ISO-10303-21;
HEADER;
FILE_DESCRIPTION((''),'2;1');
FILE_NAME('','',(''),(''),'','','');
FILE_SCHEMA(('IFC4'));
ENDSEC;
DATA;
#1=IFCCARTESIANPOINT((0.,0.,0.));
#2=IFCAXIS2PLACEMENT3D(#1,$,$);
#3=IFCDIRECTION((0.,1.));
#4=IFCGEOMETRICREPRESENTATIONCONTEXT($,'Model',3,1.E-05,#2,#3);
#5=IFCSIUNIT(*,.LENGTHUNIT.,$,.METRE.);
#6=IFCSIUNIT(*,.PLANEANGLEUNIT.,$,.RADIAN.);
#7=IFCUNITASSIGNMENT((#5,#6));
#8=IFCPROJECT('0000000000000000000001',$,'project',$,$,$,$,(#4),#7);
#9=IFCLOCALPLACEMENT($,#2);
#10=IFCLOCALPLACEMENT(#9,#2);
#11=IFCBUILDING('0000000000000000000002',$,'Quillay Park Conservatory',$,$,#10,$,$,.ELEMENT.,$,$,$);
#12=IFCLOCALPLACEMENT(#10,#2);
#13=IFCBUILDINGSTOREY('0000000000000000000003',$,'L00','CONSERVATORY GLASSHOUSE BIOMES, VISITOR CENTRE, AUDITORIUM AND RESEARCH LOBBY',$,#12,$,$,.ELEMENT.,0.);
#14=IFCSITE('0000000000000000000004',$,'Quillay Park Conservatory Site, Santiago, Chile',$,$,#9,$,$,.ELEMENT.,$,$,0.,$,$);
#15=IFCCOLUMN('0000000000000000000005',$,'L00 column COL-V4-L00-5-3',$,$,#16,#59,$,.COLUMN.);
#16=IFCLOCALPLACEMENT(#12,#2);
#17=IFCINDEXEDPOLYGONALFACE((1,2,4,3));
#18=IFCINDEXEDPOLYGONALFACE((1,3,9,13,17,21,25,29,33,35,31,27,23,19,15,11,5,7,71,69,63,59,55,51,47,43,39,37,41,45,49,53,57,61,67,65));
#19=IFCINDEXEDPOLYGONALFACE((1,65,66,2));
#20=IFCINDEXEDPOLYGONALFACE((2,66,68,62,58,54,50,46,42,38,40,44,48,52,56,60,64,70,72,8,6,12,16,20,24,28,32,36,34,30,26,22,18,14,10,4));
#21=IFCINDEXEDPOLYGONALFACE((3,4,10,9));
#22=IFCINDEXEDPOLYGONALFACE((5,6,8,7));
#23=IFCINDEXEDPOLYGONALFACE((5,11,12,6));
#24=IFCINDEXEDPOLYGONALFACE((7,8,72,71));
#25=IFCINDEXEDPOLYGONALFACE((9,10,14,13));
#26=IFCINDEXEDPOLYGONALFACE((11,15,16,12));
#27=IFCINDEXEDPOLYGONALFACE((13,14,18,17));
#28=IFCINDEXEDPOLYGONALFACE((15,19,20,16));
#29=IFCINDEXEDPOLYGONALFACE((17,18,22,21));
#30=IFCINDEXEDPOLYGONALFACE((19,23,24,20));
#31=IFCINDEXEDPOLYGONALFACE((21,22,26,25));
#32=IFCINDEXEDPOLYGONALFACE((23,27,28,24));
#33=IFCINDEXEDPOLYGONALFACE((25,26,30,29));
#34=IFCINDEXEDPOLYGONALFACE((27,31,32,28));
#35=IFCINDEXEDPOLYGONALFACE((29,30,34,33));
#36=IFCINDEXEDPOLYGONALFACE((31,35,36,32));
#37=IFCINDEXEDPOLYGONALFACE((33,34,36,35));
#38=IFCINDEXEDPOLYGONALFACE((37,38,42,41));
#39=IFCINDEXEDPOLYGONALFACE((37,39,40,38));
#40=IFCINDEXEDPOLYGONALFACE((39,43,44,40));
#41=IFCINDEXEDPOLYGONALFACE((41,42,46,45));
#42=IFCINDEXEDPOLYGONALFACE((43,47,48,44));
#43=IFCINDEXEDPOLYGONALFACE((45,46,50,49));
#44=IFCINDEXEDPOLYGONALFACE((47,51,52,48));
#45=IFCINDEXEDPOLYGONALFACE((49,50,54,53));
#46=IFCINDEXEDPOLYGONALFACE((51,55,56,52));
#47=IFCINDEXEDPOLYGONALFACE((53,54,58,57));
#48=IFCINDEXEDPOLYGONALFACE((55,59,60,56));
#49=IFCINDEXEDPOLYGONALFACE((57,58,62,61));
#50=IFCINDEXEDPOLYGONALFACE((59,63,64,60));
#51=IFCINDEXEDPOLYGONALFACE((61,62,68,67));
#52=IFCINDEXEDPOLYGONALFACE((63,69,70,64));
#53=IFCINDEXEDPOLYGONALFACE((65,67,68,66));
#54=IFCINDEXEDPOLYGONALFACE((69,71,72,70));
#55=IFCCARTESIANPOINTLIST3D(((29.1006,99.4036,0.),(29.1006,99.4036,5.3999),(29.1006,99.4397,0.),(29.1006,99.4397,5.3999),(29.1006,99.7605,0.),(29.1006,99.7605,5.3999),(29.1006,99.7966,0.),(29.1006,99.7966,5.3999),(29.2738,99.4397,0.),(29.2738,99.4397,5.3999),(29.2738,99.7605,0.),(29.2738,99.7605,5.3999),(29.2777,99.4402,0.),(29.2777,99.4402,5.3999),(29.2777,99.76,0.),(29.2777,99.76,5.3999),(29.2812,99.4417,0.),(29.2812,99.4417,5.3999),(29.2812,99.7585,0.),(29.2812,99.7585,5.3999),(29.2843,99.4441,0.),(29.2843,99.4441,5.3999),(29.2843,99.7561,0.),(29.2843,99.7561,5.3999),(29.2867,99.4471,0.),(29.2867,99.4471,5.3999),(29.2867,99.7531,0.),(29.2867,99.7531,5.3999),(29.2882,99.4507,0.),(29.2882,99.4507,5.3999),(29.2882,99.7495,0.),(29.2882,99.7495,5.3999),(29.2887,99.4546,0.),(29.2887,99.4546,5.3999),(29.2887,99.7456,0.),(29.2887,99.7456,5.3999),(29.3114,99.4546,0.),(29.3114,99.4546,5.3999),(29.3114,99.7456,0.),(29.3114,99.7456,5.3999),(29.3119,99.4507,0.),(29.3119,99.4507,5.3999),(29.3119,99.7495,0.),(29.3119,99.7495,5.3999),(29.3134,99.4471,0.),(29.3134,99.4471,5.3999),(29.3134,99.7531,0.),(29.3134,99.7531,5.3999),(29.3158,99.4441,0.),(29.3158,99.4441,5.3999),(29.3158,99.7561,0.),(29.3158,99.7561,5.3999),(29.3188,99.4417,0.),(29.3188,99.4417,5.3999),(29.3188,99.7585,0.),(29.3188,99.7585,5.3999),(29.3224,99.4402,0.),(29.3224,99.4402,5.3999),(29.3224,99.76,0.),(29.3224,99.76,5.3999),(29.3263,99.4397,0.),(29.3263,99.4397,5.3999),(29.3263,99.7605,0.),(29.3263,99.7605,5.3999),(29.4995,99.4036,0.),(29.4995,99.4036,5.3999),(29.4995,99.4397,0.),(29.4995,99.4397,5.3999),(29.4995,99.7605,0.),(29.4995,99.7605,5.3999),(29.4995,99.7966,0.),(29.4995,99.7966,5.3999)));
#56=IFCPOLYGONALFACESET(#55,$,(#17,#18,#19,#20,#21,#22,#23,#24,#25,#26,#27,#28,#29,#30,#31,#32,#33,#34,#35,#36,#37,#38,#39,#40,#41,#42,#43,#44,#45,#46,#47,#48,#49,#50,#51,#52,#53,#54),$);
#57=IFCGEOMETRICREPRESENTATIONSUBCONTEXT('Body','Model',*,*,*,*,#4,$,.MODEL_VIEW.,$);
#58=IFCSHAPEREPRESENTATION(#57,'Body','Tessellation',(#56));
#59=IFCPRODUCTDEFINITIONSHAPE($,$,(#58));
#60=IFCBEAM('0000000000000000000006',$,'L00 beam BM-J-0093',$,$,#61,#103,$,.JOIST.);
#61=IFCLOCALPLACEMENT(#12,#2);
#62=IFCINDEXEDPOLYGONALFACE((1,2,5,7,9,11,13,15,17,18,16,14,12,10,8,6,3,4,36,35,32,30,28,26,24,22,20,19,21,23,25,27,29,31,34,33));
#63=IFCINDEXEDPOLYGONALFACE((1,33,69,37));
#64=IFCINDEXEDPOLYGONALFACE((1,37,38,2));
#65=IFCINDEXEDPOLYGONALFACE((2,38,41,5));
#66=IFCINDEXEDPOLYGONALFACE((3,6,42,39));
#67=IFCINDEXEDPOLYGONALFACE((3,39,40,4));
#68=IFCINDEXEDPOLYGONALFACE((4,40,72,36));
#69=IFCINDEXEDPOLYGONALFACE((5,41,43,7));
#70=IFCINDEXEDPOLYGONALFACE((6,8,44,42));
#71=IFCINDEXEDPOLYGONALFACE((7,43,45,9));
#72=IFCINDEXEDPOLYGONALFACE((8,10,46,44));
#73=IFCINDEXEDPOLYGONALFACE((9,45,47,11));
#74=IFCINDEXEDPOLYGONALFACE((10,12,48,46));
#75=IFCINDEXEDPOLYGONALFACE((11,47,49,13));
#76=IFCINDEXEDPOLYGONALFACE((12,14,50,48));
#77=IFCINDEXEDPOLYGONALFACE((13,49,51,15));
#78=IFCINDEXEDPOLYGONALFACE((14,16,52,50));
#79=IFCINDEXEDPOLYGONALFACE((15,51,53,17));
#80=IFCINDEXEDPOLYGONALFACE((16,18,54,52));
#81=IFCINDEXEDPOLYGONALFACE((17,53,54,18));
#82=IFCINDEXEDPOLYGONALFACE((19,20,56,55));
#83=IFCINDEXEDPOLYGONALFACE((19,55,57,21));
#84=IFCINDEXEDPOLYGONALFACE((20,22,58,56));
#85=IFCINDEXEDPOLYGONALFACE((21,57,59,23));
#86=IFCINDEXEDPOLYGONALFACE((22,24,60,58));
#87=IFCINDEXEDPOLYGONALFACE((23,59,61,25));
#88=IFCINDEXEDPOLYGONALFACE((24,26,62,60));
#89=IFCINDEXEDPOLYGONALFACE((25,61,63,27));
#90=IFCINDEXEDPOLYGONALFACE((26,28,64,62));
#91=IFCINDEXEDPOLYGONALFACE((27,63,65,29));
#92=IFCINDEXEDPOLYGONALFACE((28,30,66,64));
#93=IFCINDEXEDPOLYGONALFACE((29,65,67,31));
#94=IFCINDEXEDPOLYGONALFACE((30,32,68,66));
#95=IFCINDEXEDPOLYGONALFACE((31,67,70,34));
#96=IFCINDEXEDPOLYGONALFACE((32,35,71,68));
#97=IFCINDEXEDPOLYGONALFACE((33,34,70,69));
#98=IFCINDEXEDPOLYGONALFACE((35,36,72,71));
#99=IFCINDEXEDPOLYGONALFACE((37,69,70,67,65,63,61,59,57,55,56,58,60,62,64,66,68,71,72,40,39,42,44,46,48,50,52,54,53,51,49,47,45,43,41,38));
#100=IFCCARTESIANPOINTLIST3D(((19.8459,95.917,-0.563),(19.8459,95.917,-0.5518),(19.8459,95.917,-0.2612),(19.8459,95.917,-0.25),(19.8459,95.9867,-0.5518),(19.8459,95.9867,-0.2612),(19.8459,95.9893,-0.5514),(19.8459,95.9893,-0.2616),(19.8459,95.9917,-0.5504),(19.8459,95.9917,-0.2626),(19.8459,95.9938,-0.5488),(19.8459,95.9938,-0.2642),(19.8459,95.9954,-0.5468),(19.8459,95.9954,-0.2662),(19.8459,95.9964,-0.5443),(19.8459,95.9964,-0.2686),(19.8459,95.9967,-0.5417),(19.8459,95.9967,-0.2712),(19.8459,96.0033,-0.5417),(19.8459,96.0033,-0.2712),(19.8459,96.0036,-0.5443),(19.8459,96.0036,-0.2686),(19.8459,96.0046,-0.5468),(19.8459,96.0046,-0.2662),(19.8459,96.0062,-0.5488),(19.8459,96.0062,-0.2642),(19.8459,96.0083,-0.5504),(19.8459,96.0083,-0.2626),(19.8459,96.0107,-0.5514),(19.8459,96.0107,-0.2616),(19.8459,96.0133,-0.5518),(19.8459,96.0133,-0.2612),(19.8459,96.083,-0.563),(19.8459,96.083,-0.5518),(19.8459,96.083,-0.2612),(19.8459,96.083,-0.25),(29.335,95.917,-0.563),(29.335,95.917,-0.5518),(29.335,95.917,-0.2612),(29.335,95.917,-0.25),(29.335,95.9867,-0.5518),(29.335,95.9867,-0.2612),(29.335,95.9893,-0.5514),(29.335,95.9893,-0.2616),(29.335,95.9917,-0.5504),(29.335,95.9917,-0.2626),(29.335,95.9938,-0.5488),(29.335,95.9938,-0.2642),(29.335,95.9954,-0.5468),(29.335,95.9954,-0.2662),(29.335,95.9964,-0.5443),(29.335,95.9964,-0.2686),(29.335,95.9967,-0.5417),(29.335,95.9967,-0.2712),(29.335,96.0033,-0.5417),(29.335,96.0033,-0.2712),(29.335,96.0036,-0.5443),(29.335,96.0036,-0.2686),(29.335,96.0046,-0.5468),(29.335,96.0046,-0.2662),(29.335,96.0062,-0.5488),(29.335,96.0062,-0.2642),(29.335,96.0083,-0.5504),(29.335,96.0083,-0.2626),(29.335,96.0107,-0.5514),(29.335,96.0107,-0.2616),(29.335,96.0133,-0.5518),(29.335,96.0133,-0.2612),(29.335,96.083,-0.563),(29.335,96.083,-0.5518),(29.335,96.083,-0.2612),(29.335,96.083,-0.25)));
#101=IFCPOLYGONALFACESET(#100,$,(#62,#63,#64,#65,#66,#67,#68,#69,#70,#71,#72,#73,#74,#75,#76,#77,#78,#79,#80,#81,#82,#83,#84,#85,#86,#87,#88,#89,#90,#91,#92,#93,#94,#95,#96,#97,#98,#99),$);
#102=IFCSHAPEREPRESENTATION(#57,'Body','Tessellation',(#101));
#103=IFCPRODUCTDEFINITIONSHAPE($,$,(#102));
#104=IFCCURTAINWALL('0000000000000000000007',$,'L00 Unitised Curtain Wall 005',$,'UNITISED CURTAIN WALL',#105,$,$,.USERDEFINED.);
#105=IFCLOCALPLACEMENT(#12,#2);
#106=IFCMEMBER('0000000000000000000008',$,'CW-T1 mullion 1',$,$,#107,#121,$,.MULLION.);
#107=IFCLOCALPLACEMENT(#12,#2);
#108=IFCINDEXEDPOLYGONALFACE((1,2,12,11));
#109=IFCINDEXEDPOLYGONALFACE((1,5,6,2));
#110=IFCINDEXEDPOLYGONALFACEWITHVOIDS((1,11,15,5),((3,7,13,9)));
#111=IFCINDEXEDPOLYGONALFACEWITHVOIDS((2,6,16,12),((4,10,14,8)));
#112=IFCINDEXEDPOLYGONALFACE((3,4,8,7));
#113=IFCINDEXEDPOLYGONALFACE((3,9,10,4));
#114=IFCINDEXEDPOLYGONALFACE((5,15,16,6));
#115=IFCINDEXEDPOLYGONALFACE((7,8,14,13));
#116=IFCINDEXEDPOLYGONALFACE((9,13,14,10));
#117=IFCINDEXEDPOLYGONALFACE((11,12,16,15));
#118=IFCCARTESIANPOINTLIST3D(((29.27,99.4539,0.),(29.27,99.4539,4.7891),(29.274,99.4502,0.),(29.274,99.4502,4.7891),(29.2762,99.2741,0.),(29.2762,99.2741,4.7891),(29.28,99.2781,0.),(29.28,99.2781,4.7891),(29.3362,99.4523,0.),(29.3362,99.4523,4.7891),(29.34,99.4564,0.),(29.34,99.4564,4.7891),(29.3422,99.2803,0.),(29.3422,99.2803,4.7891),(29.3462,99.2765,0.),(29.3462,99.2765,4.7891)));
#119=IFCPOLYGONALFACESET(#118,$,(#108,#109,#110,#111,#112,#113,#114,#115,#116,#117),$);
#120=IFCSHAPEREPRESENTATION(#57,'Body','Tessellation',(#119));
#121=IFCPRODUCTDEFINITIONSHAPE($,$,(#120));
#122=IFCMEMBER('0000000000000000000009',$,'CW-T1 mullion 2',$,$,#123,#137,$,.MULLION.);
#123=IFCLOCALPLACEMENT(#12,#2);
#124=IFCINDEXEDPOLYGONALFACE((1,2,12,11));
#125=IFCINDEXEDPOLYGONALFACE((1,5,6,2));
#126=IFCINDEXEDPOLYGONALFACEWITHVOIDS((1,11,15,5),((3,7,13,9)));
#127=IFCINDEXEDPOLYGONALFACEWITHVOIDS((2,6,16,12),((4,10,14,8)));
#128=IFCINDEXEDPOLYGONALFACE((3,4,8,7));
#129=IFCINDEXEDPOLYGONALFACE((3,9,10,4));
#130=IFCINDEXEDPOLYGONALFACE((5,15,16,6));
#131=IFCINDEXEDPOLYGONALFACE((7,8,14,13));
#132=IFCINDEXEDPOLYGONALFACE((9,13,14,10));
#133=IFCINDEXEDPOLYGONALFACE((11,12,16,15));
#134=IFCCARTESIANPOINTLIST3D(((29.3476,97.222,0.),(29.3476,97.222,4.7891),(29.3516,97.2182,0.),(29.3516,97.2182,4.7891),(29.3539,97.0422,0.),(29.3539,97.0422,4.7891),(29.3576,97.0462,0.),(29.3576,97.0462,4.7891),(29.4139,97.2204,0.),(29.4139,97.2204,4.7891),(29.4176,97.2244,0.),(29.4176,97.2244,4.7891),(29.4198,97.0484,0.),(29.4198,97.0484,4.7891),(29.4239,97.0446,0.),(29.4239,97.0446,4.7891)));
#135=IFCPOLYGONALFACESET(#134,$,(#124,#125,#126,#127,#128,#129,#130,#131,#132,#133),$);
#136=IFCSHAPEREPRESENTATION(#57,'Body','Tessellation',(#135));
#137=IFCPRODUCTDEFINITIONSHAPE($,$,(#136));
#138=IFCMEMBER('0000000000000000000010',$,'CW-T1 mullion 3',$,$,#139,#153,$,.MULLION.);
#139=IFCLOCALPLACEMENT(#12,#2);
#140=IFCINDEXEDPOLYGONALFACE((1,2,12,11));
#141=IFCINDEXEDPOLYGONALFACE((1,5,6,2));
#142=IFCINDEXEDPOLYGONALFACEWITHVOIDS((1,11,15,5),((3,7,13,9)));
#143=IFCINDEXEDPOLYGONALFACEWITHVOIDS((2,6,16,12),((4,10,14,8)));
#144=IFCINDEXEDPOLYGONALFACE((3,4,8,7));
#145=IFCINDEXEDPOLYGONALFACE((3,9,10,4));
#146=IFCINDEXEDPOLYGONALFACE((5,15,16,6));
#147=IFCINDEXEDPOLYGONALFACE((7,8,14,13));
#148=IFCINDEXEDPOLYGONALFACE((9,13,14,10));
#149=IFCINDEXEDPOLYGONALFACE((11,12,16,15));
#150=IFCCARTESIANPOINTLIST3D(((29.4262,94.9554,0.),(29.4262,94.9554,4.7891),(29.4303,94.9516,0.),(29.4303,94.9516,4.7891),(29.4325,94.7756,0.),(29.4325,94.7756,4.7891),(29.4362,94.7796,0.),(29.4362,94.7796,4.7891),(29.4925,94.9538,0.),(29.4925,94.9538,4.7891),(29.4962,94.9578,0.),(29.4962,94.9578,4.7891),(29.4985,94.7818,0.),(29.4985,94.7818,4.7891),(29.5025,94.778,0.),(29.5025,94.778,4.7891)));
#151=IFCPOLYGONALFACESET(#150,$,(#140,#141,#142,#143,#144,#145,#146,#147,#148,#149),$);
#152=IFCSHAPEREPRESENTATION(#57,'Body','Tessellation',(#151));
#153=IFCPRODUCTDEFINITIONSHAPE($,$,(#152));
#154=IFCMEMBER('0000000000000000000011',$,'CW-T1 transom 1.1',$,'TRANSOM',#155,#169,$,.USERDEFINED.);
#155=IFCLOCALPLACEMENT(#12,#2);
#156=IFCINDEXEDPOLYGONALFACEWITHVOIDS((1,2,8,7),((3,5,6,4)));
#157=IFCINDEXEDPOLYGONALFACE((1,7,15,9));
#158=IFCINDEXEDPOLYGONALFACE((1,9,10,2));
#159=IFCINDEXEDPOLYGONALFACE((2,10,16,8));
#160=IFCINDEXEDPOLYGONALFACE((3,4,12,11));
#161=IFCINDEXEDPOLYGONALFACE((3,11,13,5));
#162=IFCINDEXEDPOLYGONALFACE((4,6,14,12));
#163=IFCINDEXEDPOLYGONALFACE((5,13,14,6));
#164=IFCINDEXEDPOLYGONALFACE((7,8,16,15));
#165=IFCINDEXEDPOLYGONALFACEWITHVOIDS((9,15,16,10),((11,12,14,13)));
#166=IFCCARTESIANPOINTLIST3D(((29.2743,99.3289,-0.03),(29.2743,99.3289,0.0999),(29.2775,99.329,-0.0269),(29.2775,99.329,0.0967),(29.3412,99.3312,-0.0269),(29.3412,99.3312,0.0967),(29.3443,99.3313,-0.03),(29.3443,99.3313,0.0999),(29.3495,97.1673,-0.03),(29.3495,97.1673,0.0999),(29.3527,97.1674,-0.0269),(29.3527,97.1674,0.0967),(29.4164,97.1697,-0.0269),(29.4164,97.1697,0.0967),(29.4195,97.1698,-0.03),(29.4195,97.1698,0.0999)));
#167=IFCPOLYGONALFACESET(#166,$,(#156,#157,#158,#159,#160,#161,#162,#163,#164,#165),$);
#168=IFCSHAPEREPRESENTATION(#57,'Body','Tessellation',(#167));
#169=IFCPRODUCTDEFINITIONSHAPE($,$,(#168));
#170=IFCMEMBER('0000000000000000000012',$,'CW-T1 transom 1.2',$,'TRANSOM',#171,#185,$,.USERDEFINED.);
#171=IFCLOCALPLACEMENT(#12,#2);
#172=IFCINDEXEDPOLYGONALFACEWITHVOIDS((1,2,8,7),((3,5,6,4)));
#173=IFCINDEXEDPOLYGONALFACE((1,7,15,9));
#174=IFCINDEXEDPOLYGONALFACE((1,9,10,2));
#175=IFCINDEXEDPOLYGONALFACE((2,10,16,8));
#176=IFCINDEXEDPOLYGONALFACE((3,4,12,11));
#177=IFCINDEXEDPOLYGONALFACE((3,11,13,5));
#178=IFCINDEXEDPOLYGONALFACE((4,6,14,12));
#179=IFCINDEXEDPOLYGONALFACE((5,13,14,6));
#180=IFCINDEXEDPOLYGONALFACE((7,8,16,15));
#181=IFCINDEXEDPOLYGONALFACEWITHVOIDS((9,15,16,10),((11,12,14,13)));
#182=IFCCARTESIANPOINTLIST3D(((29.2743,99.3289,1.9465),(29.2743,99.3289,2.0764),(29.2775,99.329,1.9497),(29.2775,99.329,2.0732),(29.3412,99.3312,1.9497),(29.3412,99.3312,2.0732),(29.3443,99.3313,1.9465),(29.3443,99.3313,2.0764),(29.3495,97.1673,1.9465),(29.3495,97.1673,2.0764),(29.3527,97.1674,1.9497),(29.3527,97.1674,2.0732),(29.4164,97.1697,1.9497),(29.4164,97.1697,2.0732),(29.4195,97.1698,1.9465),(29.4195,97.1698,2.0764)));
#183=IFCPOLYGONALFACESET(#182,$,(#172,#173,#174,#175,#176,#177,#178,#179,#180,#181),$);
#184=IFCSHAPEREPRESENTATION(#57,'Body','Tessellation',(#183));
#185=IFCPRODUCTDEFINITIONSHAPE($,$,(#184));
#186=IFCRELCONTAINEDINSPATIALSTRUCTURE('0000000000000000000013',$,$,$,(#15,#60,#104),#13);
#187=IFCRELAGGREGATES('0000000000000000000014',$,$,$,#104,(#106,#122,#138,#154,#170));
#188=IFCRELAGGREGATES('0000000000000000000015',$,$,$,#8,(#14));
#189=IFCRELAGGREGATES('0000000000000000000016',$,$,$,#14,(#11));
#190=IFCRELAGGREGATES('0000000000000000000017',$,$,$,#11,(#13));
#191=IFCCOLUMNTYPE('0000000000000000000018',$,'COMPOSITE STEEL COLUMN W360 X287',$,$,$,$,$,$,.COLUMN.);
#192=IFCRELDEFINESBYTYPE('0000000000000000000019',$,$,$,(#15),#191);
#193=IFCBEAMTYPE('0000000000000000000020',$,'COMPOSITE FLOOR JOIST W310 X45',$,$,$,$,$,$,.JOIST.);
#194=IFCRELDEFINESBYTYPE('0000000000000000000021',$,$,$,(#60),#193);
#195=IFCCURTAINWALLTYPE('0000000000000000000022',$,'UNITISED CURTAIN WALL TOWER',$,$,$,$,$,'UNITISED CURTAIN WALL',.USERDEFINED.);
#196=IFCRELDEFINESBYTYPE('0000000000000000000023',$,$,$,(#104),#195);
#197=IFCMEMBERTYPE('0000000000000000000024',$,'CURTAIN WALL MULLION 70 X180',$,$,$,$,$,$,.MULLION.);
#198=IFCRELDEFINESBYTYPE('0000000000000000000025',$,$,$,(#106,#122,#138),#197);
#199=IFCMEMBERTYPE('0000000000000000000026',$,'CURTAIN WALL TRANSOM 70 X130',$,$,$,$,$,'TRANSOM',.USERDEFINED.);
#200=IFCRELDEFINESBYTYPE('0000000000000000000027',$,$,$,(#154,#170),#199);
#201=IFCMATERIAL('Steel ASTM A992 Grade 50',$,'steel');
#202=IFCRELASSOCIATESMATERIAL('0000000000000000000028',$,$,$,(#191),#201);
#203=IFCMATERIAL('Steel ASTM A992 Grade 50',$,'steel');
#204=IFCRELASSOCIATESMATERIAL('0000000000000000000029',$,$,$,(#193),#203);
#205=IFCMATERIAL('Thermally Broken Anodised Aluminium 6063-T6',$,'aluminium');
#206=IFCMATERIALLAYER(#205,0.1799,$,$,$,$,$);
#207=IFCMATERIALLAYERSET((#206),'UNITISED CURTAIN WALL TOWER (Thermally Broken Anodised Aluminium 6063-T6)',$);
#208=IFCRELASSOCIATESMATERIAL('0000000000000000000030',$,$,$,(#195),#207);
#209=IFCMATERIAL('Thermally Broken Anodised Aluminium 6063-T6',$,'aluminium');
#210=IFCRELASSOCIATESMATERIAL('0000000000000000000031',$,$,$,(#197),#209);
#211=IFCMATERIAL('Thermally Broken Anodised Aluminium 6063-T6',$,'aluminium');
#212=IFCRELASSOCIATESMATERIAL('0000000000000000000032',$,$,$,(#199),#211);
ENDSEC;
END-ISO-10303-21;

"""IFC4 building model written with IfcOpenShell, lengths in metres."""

from ifc_helpers import new_model, si_unit, direction, frame, origin, origin_2d, place, context, subcontext, project, spatial, hollow_rectangle, i_section, extrude, material, layer, layer_set, material_profile, profile_set, type_object, element, aggregate, save


model = new_model("IFC4")

# Units and contexts
model_context = context("Model", 3, precision=1e-05, world=origin(), true_north=direction((0.0, 1.0)))
body_context = subcontext(model_context, "Body", "Model", "MODEL_VIEW")
ifc_project = project(units=[si_unit("LENGTHUNIT", "METRE"), si_unit("PLANEANGLEUNIT", "RADIAN")], contexts=[model_context])

# Site, building, storey
site_placement = place(None, origin())
site = spatial("IfcSite", under=ifc_project, at=site_placement, Name="Quillay Park Conservatory Site, Santiago, Chile", CompositionType="ELEMENT", RefElevation=0.0)
building_placement = place(site_placement, origin())
building = spatial("IfcBuilding", under=site, at=building_placement, Name="Quillay Park Conservatory", CompositionType="ELEMENT")
storey_placement = place(building_placement, origin())
storey = spatial("IfcBuildingStorey", under=building, at=storey_placement, Name="L00", Description="CONSERVATORY GLASSHOUSE BIOMES, VISITOR CENTRE, AUDITORIUM AND RESEARCH LOBBY", CompositionType="ELEMENT", Elevation=0.0)

# Column
ifc_material_1 = material(Name="Steel ASTM A992 Grade 50", Category="steel")
ifc_material_profile_1 = material_profile(ifc_material_1, i_section(OverallWidth=0.3989, OverallDepth=0.3931, WebThickness=0.0227, FlangeThickness=0.0361, FilletRadius=0.0149, at=origin_2d()), Name="W360x287")
ifc_profile_set_1 = profile_set([ifc_material_profile_1], Name="Steel ASTM A992 Grade 50")
column_type = type_object("IfcColumnType", Name="COMPOSITE STEEL COLUMN W360 X287", PredefinedType="COLUMN", material=ifc_profile_set_1)
column_placement = place(storey_placement, frame((29.3, 99.6001, 0.0), z_axis=(0.0, 0.0, 1.0), x_axis=(1.0, 0.0, 0.0)))
element("IfcColumn", 1, at=column_placement, inside=storey, type_object=column_type, Name="L00 column COL-V4-L00-5-3", PredefinedType="COLUMN", context=body_context, shape_type="SweptSolid", body=[
    extrude(i_section(OverallWidth=0.3989, OverallDepth=0.3931, WebThickness=0.0227, FlangeThickness=0.0361, FilletRadius=0.0149, at=origin_2d()), origin(), (0.0, 0.0, 1.0), 5.3999),
])

# Beam
ifc_material_2 = material(Name="Steel ASTM A992 Grade 50", Category="steel")
ifc_material_profile_2 = material_profile(ifc_material_2, i_section(OverallWidth=0.166, OverallDepth=0.313, WebThickness=0.0066, FlangeThickness=0.0112, FilletRadius=0.01, at=origin_2d()), Name="W310x45")
ifc_profile_set_2 = profile_set([ifc_material_profile_2], Name="Steel ASTM A992 Grade 50")
beam_type_1 = type_object("IfcBeamType", Name="COMPOSITE FLOOR JOIST W310 X45", PredefinedType="JOIST", material=ifc_profile_set_2)
beam_1_placement = place(storey_placement, frame((19.8459, 96.0, -0.4065), z_axis=(1.0, 0.0, 0.0), x_axis=(0.0, 1.0, 0.0)))
element("IfcBeam", 2, at=beam_1_placement, inside=storey, type_object=beam_type_1, Name="L00 beam BM-J-0093", PredefinedType="JOIST", context=body_context, shape_type="SweptSolid", body=[
    extrude(i_section(OverallWidth=0.166, OverallDepth=0.313, WebThickness=0.0066, FlangeThickness=0.0112, FilletRadius=0.01, at=origin_2d()), origin(), (0.0, 0.0, 1.0), 9.489),
])

# Curtain wall, members
ifc_material_3 = material(Name="Thermally Broken Anodised Aluminium 6063-T6", Category="aluminium")
ifc_layer_1 = layer(ifc_material_3, 0.1799)
ifc_layer_set_1 = layer_set([ifc_layer_1], Name="UNITISED CURTAIN WALL TOWER (Thermally Broken Anodised Aluminium 6063-T6)")
curtain_wall_type = type_object("IfcCurtainWallType", Name="UNITISED CURTAIN WALL TOWER", ElementType="UNITISED CURTAIN WALL", PredefinedType="USERDEFINED", material=ifc_layer_set_1)
curtain_wall_placement = place(storey_placement, origin())
curtain_wall = element("IfcCurtainWall", 3, at=curtain_wall_placement, inside=storey, type_object=curtain_wall_type, Name="L00 Unitised Curtain Wall 005", ObjectType="UNITISED CURTAIN WALL", PredefinedType="USERDEFINED")
ifc_material_4 = material(Name="Thermally Broken Anodised Aluminium 6063-T6", Category="aluminium")
ifc_material_profile_3 = material_profile(ifc_material_4, hollow_rectangle(XDim=0.0701, YDim=0.1799, WallThickness=0.0039, at=origin_2d()), Name="AL70x180x4")
ifc_profile_set_3 = profile_set([ifc_material_profile_3], Name="Thermally Broken Anodised Aluminium 6063-T6")
member_type_1 = type_object("IfcMemberType", Name="CURTAIN WALL MULLION 70 X180", PredefinedType="MULLION", material=ifc_profile_set_3)
member_1_placement = place(storey_placement, frame((29.3081, 99.3652, 0.0), z_axis=(0.0, 0.0, 1.0), x_axis=(0.999397, 0.034713, 0.0)))
member_1 = element("IfcMember", 4, at=member_1_placement, type_object=member_type_1, Name="CW-T1 mullion 1", PredefinedType="MULLION", context=body_context, shape_type="SweptSolid", body=[
    extrude(hollow_rectangle(XDim=0.0701, YDim=0.1799, WallThickness=0.0039, at=origin_2d()), origin(), (0.0, 0.0, 1.0), 4.7891),
])
member_2_placement = place(storey_placement, frame((29.3857, 97.1333, 0.0), z_axis=(0.0, 0.0, 1.0), x_axis=(0.999397, 0.034713, 0.0)))
member_2 = element("IfcMember", 5, at=member_2_placement, type_object=member_type_1, Name="CW-T1 mullion 2", PredefinedType="MULLION", context=body_context, shape_type="SweptSolid", body=[
    extrude(hollow_rectangle(XDim=0.0701, YDim=0.1799, WallThickness=0.0039, at=origin_2d()), origin(), (0.0, 0.0, 1.0), 4.7891),
])
member_3_placement = place(storey_placement, frame((29.4644, 94.8667, 0.0), z_axis=(0.0, 0.0, 1.0), x_axis=(0.999397, 0.034713, 0.0)))
member_3 = element("IfcMember", 6, at=member_3_placement, type_object=member_type_1, Name="CW-T1 mullion 3", PredefinedType="MULLION", context=body_context, shape_type="SweptSolid", body=[
    extrude(hollow_rectangle(XDim=0.0701, YDim=0.1799, WallThickness=0.0039, at=origin_2d()), origin(), (0.0, 0.0, 1.0), 4.7891),
])
ifc_material_5 = material(Name="Thermally Broken Anodised Aluminium 6063-T6", Category="aluminium")
ifc_material_profile_4 = material_profile(ifc_material_5, hollow_rectangle(XDim=0.0701, YDim=0.1299, WallThickness=0.0032, at=origin_2d()), Name="AL70x130x3.2")
ifc_profile_set_4 = profile_set([ifc_material_profile_4], Name="Thermally Broken Anodised Aluminium 6063-T6")
member_type_2 = type_object("IfcMemberType", Name="CURTAIN WALL TRANSOM 70 X130", ElementType="TRANSOM", PredefinedType="USERDEFINED", material=ifc_profile_set_4)
member_4_placement = place(storey_placement, frame((29.3093, 99.3301, 0.0349), z_axis=(0.034766, -0.999395, 0.0), x_axis=(0.999395, 0.034766, 0.0)))
member_4 = element("IfcMember", 7, at=member_4_placement, type_object=member_type_2, Name="CW-T1 transom 1.1", ObjectType="TRANSOM", PredefinedType="USERDEFINED", context=body_context, shape_type="SweptSolid", body=[
    extrude(hollow_rectangle(XDim=0.0701, YDim=0.1299, WallThickness=0.0032, at=origin_2d()), origin(), (0.0, 0.0, 1.0), 2.1628),
])
member_5_placement = place(storey_placement, frame((29.3093, 99.3301, 2.0115), z_axis=(0.034766, -0.999395, 0.0), x_axis=(0.999395, 0.034766, 0.0)))
member_5 = element("IfcMember", 8, at=member_5_placement, type_object=member_type_2, Name="CW-T1 transom 1.2", ObjectType="TRANSOM", PredefinedType="USERDEFINED", context=body_context, shape_type="SweptSolid", body=[
    extrude(hollow_rectangle(XDim=0.0701, YDim=0.1299, WallThickness=0.0032, at=origin_2d()), origin(), (0.0, 0.0, 1.0), 2.1628),
])

aggregate(curtain_wall, [member_1, member_2, member_3, member_4, member_5])

save(model, "model.ifc")
